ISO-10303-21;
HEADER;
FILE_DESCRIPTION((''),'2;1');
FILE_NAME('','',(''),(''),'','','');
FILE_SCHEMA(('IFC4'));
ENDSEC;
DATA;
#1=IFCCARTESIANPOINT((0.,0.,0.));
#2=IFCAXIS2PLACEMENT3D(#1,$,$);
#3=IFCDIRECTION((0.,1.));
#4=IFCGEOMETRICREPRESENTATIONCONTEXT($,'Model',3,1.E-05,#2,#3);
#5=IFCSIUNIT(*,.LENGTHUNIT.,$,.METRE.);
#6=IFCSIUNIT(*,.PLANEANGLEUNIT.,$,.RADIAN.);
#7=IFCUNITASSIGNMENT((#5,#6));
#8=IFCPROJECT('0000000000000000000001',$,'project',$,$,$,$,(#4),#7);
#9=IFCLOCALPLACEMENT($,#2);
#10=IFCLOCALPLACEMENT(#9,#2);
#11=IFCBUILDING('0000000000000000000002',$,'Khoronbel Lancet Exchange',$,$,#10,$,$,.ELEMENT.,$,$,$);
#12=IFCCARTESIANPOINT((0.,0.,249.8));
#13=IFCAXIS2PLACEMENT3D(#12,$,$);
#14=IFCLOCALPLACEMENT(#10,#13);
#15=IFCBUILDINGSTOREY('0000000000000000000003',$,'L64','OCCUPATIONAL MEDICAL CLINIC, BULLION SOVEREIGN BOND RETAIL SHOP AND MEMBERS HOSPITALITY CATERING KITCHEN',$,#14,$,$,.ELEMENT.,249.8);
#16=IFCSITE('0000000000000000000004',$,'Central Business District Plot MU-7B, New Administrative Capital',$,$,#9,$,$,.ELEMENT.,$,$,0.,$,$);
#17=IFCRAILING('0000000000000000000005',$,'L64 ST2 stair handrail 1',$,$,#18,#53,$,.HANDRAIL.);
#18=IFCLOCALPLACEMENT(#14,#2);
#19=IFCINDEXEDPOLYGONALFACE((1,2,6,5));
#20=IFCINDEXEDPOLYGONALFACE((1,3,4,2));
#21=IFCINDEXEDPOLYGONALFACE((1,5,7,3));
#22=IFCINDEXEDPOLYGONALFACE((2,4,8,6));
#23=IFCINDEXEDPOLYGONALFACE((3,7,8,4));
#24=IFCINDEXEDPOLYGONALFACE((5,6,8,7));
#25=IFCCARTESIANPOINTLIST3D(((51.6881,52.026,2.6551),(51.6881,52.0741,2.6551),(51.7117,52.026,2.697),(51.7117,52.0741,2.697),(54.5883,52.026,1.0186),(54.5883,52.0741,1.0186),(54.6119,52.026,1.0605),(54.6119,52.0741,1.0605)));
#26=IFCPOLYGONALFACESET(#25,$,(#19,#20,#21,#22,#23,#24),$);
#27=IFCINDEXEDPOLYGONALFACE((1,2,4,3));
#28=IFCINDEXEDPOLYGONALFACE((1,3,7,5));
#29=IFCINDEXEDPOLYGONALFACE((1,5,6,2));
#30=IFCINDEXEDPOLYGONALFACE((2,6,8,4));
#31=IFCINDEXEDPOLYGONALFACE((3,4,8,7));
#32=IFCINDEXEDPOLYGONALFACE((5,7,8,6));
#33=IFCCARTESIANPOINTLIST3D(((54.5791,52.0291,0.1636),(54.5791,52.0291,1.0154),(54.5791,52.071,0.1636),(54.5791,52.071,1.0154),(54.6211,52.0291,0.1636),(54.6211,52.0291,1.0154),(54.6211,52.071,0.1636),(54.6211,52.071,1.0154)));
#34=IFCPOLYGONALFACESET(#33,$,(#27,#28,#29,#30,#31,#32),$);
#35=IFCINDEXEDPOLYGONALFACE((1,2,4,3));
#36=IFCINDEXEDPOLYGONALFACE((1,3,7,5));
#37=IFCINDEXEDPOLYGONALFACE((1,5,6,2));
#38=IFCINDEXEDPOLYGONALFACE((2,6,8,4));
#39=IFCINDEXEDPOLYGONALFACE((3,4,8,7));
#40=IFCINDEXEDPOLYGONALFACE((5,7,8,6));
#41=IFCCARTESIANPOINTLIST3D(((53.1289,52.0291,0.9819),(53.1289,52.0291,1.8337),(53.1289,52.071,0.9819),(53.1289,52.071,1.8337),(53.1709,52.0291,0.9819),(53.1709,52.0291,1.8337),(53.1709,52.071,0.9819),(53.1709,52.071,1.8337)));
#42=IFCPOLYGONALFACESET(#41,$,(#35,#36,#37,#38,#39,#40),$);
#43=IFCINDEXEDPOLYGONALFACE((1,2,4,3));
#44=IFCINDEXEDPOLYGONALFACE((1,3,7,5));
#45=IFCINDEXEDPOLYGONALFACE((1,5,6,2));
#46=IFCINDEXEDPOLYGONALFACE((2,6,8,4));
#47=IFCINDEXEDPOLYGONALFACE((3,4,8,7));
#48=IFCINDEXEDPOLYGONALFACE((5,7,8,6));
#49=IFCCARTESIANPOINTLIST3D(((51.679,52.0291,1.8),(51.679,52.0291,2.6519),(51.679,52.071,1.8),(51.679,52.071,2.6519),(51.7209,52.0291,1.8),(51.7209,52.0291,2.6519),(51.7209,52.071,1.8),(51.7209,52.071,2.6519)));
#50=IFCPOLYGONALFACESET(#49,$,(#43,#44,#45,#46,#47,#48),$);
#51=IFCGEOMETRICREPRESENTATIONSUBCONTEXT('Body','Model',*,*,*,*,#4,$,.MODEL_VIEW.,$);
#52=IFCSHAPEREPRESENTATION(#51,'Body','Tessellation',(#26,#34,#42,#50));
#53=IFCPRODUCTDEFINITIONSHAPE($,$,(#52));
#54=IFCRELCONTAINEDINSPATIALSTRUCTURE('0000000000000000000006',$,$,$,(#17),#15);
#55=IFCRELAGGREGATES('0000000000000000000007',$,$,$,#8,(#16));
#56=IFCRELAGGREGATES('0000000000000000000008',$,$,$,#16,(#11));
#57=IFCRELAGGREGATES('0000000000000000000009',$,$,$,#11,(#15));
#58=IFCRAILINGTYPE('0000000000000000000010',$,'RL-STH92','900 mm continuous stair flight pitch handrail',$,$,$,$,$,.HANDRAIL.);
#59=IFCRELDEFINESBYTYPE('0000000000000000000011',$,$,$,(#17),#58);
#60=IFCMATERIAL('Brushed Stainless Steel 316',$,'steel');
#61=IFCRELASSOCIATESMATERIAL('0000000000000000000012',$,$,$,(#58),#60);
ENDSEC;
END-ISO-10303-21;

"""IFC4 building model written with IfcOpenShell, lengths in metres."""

from ifc_helpers import new_model, si_unit, direction, frame, origin, origin_2d, place, context, subcontext, project, spatial, rectangle, extrude, material, type_object, element, save


model = new_model("IFC4")

# Units and contexts
model_context = context("Model", 3, precision=1e-05, world=origin(), true_north=direction((0.0, 1.0)))
body_context = subcontext(model_context, "Body", "Model", "MODEL_VIEW")
ifc_project = project(units=[si_unit("LENGTHUNIT", "METRE"), si_unit("PLANEANGLEUNIT", "RADIAN")], contexts=[model_context])

# Site, building, storey
site_placement = place(None, origin())
site = spatial("IfcSite", under=ifc_project, at=site_placement, Name="Central Business District Plot MU-7B, New Administrative Capital", CompositionType="ELEMENT", RefElevation=0.0)
building_placement = place(site_placement, origin())
building = spatial("IfcBuilding", under=site, at=building_placement, Name="Khoronbel Lancet Exchange", CompositionType="ELEMENT")
storey_placement = place(building_placement, frame((0.0, 0.0, 249.8)))
storey = spatial("IfcBuildingStorey", under=building, at=storey_placement, Name="L64", Description="OCCUPATIONAL MEDICAL CLINIC, BULLION SOVEREIGN BOND RETAIL SHOP AND MEMBERS HOSPITALITY CATERING KITCHEN", CompositionType="ELEMENT", Elevation=249.8)

# Railing
ifc_material_1 = material(Name="Brushed Stainless Steel 316", Category="steel")
railing_type_1 = type_object("IfcRailingType", Name="RL-STH92", Description="900 mm continuous stair flight pitch handrail", PredefinedType="HANDRAIL", material=ifc_material_1)
railing_1_placement = place(storey_placement, frame((54.6001, 52.05, 0.1636)))
element("IfcRailing", 1, at=railing_1_placement, inside=storey, type_object=railing_type_1, Name="L64 ST2 stair handrail 1", PredefinedType="HANDRAIL", context=body_context, shape_type="SweptSolid", body=[
    extrude(rectangle(XDim=0.0481, YDim=0.0481, at=origin_2d()), frame((0.0, 0.0, 0.876), z_axis=(-0.870915, 0.0, 0.491434), x_axis=(0.0, -1.0, 0.0)), (0.0, 0.0, 1.0), 3.3301),
    extrude(rectangle(XDim=0.042, YDim=0.042, at=origin_2d()), origin(), (0.0, 0.0, 1.0), 0.8518),
    extrude(rectangle(XDim=0.042, YDim=0.042, at=origin_2d()), frame((-1.4502, 0.0, 0.8184)), (0.0, 0.0, 1.0), 0.8518),
    extrude(rectangle(XDim=0.042, YDim=0.042, at=origin_2d()), frame((-2.9001, 0.0, 1.6365)), (0.0, 0.0, 1.0), 0.8518),
])

save(model, "model.ifc")
